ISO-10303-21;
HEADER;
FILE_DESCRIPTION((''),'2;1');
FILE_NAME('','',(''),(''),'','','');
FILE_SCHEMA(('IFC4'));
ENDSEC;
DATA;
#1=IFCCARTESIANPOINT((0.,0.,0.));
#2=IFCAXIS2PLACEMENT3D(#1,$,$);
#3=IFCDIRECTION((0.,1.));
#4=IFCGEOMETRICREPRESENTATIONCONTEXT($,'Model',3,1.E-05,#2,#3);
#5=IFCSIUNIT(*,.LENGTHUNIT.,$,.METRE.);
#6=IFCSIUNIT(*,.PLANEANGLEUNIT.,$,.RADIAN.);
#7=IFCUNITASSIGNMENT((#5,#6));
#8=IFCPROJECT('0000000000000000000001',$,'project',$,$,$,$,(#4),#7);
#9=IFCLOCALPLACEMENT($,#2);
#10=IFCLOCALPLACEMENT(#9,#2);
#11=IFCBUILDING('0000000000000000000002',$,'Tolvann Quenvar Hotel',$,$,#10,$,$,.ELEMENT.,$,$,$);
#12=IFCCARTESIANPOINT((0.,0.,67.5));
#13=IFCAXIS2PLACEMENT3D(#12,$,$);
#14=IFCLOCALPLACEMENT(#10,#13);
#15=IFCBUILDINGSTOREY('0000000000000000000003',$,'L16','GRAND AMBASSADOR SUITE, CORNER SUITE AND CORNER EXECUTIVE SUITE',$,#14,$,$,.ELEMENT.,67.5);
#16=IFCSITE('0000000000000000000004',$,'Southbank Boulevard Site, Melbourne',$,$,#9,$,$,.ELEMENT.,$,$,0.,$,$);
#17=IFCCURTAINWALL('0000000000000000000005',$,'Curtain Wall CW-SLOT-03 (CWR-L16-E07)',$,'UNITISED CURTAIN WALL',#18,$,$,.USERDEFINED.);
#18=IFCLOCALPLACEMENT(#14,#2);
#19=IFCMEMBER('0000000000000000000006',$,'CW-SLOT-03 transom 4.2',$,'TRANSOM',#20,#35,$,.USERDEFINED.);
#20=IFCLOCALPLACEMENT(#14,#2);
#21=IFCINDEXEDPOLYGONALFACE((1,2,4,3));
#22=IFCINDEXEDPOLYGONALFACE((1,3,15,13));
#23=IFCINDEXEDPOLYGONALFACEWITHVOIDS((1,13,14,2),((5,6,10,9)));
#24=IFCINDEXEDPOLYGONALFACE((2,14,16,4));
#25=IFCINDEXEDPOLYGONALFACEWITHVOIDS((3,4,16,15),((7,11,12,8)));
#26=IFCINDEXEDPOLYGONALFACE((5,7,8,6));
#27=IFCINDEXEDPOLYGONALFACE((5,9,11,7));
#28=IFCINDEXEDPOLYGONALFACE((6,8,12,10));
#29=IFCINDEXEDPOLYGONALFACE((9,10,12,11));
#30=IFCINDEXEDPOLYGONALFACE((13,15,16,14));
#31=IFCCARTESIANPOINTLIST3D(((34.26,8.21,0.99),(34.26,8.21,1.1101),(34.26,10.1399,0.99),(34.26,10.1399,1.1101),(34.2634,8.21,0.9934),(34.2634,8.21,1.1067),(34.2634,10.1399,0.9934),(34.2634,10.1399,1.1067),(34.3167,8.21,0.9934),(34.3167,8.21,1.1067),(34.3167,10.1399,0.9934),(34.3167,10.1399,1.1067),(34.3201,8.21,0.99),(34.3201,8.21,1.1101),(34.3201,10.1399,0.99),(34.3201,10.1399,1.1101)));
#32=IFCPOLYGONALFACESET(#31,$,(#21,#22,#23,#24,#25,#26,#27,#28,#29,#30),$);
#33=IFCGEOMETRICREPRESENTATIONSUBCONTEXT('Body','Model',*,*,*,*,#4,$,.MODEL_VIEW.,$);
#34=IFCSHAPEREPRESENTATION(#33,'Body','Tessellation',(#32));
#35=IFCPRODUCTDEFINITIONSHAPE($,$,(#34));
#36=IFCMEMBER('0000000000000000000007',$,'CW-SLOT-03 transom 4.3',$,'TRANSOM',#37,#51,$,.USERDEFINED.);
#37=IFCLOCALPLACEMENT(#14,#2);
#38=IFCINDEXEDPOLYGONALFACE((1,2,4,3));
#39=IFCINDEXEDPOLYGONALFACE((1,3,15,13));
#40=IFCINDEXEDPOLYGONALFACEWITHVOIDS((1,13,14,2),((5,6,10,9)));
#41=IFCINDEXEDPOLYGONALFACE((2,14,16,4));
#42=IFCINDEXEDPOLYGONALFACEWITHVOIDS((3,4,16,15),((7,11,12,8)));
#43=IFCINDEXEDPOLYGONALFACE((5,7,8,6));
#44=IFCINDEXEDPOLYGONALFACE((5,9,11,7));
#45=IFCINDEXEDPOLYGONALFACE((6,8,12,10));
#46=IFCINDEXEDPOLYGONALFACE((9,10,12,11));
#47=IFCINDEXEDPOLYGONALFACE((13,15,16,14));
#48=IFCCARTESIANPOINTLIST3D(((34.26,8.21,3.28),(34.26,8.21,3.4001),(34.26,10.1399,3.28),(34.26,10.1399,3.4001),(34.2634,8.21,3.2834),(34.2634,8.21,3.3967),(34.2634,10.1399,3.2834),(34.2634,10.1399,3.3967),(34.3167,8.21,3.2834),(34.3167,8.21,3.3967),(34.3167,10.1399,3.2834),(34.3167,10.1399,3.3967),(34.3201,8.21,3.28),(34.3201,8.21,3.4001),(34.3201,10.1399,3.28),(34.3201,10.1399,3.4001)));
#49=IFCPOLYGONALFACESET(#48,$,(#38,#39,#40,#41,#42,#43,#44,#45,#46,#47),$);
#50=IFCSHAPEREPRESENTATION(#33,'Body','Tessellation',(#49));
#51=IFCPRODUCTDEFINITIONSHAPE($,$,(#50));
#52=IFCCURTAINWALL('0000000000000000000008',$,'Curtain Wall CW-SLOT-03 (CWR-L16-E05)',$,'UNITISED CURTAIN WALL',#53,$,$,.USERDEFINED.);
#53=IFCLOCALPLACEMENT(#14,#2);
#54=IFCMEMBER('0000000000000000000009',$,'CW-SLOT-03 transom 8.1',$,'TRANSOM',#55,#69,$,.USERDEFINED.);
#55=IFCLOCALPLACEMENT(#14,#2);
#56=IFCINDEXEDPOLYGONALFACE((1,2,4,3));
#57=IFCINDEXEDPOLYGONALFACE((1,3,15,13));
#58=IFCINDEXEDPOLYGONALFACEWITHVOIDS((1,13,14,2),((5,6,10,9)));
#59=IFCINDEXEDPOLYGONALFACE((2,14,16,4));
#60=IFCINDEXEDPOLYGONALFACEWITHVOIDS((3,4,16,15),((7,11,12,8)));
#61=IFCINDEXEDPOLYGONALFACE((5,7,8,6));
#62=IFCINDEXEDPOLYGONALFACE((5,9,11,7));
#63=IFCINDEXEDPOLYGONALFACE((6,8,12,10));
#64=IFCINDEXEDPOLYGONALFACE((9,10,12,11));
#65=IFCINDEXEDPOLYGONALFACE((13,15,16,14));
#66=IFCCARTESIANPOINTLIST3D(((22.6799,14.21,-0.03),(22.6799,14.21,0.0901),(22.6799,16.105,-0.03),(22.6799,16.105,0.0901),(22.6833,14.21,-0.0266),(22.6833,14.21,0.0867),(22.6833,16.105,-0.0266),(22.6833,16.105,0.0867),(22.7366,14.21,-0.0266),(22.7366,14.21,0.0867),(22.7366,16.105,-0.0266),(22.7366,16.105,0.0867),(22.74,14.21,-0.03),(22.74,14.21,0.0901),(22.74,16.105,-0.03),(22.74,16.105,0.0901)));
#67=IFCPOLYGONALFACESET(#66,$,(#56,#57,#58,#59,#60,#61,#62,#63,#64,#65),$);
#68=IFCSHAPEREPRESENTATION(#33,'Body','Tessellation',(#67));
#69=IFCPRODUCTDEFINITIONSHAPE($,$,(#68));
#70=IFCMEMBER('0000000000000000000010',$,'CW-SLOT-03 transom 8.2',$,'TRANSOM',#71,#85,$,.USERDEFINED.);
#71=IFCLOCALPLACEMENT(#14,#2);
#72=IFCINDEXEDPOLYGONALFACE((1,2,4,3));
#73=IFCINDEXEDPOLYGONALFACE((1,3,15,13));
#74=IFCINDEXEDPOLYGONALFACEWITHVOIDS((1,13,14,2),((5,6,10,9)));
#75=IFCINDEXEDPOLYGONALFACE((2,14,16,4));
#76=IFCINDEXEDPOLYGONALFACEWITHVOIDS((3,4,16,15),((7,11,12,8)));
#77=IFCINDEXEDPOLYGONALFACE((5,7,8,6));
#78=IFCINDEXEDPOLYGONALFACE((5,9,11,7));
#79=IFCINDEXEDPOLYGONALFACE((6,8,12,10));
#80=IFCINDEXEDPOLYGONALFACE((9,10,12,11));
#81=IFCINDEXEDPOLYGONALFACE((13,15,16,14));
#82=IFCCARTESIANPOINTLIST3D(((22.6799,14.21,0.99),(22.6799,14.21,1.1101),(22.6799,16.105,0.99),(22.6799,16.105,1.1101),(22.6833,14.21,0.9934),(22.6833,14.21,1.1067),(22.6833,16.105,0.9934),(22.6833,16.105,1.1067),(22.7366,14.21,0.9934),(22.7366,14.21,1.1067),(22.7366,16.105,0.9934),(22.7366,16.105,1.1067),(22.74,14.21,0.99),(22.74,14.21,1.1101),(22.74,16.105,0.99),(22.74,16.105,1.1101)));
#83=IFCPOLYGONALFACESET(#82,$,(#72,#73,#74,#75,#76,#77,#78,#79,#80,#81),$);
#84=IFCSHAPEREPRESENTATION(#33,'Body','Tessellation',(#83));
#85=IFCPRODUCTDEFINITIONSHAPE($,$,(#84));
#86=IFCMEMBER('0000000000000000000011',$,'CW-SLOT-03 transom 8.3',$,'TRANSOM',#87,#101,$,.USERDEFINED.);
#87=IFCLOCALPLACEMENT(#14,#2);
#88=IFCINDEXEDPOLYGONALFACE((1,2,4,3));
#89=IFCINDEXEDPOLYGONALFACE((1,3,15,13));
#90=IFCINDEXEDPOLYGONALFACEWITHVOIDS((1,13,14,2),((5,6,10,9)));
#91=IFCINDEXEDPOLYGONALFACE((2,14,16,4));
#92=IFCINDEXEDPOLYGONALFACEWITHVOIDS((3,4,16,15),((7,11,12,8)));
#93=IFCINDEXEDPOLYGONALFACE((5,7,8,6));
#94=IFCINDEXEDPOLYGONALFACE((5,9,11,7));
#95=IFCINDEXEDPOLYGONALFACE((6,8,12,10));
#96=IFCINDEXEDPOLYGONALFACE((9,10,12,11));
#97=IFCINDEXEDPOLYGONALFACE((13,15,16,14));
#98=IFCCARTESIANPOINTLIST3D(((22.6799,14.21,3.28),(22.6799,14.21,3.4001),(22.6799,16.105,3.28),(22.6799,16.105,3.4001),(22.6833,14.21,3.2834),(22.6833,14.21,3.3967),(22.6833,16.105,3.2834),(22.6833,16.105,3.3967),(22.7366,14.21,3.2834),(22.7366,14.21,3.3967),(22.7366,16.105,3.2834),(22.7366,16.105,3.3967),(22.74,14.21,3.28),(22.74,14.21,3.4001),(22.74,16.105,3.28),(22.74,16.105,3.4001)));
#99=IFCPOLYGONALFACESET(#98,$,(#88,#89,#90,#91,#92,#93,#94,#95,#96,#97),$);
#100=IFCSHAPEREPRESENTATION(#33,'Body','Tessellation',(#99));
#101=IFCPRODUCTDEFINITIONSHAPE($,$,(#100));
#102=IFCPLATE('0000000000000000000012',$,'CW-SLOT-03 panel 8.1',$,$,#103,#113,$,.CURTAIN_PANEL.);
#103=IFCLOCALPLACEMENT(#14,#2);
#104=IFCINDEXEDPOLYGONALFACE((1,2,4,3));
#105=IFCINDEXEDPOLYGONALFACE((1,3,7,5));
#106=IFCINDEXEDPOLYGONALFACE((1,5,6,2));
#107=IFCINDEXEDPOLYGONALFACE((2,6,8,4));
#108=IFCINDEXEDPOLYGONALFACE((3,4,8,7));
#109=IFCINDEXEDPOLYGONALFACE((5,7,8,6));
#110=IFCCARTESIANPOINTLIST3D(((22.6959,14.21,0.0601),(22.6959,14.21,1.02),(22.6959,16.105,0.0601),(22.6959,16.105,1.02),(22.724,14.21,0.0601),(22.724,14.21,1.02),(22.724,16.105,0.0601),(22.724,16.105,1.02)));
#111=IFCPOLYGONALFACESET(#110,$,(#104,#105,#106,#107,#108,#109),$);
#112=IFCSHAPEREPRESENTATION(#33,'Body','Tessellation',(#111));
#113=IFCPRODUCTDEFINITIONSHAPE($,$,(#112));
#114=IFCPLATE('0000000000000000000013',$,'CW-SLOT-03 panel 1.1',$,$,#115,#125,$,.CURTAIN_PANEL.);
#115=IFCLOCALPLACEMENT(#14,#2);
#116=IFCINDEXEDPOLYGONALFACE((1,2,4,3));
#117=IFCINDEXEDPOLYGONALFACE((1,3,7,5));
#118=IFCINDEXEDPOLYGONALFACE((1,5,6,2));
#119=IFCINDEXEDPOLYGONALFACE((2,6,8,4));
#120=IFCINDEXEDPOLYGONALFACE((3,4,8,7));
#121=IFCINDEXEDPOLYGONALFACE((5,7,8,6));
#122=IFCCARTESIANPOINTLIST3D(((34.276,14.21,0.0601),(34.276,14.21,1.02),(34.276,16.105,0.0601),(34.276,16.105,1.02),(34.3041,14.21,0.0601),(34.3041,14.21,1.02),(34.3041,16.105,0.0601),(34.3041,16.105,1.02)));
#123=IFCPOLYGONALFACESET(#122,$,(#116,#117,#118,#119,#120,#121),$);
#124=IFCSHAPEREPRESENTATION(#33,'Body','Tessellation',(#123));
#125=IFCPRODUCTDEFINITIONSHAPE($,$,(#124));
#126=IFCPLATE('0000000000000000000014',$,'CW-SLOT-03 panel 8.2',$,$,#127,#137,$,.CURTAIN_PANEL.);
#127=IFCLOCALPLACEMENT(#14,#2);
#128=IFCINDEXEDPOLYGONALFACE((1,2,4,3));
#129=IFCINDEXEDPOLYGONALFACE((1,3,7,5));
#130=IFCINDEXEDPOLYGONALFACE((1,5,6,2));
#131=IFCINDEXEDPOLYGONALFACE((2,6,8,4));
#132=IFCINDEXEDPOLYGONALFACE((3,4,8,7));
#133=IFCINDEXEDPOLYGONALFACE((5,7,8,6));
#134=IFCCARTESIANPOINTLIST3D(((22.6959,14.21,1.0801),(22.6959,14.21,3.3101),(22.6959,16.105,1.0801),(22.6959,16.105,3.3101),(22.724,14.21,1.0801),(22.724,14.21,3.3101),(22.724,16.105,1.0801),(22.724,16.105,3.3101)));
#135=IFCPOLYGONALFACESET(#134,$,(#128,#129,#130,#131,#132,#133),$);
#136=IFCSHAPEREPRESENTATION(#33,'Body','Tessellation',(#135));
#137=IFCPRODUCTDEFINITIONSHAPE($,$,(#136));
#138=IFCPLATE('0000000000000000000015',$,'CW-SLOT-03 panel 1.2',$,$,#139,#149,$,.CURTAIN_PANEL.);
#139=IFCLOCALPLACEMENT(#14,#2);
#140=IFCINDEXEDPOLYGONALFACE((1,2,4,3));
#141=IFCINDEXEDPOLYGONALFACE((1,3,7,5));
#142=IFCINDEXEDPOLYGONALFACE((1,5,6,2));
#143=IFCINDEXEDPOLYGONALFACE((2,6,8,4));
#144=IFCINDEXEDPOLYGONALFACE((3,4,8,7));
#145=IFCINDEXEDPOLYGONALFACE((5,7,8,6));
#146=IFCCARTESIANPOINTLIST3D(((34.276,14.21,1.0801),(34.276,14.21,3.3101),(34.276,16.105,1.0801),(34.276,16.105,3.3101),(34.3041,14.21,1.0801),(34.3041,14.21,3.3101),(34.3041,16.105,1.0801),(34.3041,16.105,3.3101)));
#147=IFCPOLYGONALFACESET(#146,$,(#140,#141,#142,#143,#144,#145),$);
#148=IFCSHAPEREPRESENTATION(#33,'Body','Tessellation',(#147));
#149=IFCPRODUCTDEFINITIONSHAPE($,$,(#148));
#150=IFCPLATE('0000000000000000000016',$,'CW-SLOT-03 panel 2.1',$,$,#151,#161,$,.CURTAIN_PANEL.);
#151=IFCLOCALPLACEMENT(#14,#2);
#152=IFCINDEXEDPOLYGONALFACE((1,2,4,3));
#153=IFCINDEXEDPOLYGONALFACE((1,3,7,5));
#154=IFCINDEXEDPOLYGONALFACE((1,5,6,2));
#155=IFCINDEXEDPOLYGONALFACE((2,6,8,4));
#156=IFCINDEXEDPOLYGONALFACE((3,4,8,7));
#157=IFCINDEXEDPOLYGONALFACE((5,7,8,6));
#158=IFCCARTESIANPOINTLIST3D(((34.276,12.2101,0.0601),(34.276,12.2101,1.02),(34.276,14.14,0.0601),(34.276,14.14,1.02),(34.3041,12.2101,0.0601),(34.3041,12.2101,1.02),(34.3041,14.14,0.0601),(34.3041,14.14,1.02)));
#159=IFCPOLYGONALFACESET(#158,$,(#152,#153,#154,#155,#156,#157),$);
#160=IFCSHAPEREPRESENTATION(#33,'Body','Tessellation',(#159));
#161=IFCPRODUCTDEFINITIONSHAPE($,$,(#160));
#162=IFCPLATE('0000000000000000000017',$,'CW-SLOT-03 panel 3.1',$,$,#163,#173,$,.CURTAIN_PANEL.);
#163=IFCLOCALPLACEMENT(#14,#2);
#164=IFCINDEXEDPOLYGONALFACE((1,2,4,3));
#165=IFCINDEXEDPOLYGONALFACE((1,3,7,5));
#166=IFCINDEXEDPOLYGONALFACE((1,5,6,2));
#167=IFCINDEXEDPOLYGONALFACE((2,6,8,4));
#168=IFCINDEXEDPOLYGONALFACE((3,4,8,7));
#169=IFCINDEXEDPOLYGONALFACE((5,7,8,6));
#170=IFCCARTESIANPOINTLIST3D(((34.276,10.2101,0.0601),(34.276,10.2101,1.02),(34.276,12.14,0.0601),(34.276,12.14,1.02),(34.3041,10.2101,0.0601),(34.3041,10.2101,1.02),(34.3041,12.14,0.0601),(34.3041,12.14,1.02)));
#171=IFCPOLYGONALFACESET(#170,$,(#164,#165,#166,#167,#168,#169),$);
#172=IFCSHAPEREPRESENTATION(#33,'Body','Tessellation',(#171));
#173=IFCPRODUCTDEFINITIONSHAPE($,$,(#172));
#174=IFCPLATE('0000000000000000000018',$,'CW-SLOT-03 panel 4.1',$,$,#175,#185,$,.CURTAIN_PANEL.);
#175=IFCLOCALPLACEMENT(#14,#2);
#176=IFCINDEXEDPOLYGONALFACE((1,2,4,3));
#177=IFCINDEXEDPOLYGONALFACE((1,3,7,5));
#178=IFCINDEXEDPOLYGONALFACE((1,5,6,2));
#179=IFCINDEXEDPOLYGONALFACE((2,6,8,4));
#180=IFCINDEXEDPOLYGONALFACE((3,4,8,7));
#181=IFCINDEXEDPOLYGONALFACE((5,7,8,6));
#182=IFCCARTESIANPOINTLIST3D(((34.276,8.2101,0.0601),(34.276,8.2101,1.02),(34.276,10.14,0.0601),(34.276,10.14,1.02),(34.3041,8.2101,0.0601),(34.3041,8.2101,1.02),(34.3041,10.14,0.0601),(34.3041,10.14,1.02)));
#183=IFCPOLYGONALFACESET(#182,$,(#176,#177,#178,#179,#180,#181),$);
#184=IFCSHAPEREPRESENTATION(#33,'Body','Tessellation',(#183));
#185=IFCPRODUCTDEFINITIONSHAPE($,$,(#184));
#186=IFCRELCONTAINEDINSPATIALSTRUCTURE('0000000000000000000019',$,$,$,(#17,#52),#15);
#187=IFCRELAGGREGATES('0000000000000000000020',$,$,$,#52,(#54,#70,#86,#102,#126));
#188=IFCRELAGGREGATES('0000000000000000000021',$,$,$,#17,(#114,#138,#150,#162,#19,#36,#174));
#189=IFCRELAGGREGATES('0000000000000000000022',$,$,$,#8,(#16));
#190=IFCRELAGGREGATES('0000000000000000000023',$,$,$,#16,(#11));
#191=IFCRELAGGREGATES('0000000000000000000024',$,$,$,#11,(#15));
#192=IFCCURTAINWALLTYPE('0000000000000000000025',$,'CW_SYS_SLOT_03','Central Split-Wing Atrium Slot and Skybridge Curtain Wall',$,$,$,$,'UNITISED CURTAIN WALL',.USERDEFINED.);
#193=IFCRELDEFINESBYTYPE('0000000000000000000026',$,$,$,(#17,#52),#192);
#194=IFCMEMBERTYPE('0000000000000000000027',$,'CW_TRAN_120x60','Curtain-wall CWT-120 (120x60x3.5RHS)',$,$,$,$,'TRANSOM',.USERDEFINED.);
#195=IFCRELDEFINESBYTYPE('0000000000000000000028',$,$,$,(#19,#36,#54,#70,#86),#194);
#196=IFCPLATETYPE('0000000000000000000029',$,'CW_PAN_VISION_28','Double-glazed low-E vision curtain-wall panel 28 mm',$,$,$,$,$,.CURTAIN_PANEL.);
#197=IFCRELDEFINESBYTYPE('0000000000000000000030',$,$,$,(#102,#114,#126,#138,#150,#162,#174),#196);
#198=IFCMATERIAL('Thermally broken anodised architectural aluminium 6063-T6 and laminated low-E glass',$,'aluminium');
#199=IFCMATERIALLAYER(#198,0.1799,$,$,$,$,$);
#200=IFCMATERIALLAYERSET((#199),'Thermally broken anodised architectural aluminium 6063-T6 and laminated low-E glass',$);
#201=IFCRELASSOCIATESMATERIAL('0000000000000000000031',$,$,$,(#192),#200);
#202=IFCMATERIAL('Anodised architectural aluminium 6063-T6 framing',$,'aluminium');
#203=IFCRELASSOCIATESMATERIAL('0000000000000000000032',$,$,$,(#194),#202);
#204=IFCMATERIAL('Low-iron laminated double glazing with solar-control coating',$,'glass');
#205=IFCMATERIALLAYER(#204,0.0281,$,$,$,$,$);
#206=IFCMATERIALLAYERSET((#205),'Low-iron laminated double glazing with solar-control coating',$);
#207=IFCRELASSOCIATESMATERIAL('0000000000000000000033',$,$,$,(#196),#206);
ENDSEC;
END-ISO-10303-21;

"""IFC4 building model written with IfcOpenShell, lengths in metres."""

from ifc_helpers import new_model, si_unit, direction, frame, origin, origin_2d, place, context, subcontext, project, spatial, rectangle, hollow_rectangle, extrude, source, transform, mapped, material, layer, layer_set, material_profile, profile_set, type_object, type_shapes, element, aggregate, save


model = new_model("IFC4")

# Units and contexts
model_context = context("Model", 3, precision=1e-05, world=origin(), true_north=direction((0.0, 1.0)))
body_context = subcontext(model_context, "Body", "Model", "MODEL_VIEW")
ifc_project = project(units=[si_unit("LENGTHUNIT", "METRE"), si_unit("PLANEANGLEUNIT", "RADIAN")], contexts=[model_context])

# Site, building, storey
site_placement = place(None, origin())
site = spatial("IfcSite", under=ifc_project, at=site_placement, Name="Southbank Boulevard Site, Melbourne", CompositionType="ELEMENT", RefElevation=0.0)
building_placement = place(site_placement, origin())
building = spatial("IfcBuilding", under=site, at=building_placement, Name="Tolvann Quenvar Hotel", CompositionType="ELEMENT")
storey_placement = place(building_placement, frame((0.0, 0.0, 67.5)))
storey = spatial("IfcBuildingStorey", under=building, at=storey_placement, Name="L16", Description="GRAND AMBASSADOR SUITE, CORNER SUITE AND CORNER EXECUTIVE SUITE", CompositionType="ELEMENT", Elevation=67.5)

# Curtain wall, members
ifc_material_1 = material(Name="Thermally broken anodised architectural aluminium 6063-T6 and laminated low-E glass", Category="aluminium")
ifc_layer_1 = layer(ifc_material_1, 0.1799)
ifc_layer_set_1 = layer_set([ifc_layer_1], Name="Thermally broken anodised architectural aluminium 6063-T6 and laminated low-E glass")
curtain_wall_type = type_object("IfcCurtainWallType", Name="CW_SYS_SLOT_03", Description="Central Split-Wing Atrium Slot and Skybridge Curtain Wall", ElementType="UNITISED CURTAIN WALL", PredefinedType="USERDEFINED", material=ifc_layer_set_1)
curtain_wall_1_placement = place(storey_placement, origin())
curtain_wall_1 = element("IfcCurtainWall", 1, at=curtain_wall_1_placement, inside=storey, type_object=curtain_wall_type, Name="Curtain Wall CW-SLOT-03 (CWR-L16-E07)", ObjectType="UNITISED CURTAIN WALL", PredefinedType="USERDEFINED")
ifc_material_2 = material(Name="Anodised architectural aluminium 6063-T6 framing", Category="aluminium")
ifc_material_profile_1 = material_profile(ifc_material_2, hollow_rectangle(XDim=0.0601, YDim=0.1201, WallThickness=0.0034, at=origin_2d()), Name="120x60x3.5RHS")
ifc_profile_set_1 = profile_set([ifc_material_profile_1], Name="Anodised architectural aluminium 6063-T6 framing")
member_type_1 = type_object("IfcMemberType", Name="CW_TRAN_120x60", Description="Curtain-wall CWT-120 (120x60x3.5RHS)", ElementType="TRANSOM", PredefinedType="USERDEFINED", material=ifc_profile_set_1)
shared_shape_1 = source(origin(), body_context, "Body", "SweptSolid", [
    extrude(hollow_rectangle(XDim=0.0601, YDim=0.1201, WallThickness=0.0034, at=origin_2d()), origin(), (0.0, 0.0, 1.0), 1.9299),
])
member_1_placement = place(storey_placement, frame((34.29, 10.1399, 1.05), z_axis=(0.0, -1.0, 0.0), x_axis=(1.0, 0.0, 0.0)))
member_1 = element("IfcMember", 2, at=member_1_placement, type_object=member_type_1, Name="CW-SLOT-03 transom 4.2", ObjectType="TRANSOM", PredefinedType="USERDEFINED", context=body_context, shape_type="MappedRepresentation", body=[
    mapped(shared_shape_1, transform((0.0, 0.0, 0.0), x_axis=(1.0, 0.0, 0.0), y_axis=(0.0, 1.0, 0.0), z_axis=(0.0, 0.0, 1.0), scale=1.0)),
])
member_2_placement = place(storey_placement, frame((34.29, 10.1399, 3.3401), z_axis=(0.0, -1.0, 0.0), x_axis=(1.0, 0.0, 0.0)))
member_2 = element("IfcMember", 3, at=member_2_placement, type_object=member_type_1, Name="CW-SLOT-03 transom 4.3", ObjectType="TRANSOM", PredefinedType="USERDEFINED", context=body_context, shape_type="MappedRepresentation", body=[
    mapped(shared_shape_1, transform((0.0, 0.0, 0.0), x_axis=(1.0, 0.0, 0.0), y_axis=(0.0, 1.0, 0.0), z_axis=(0.0, 0.0, 1.0), scale=1.0)),
])

# Curtain wall, members, plate
curtain_wall_2_placement = place(storey_placement, origin())
curtain_wall_2 = element("IfcCurtainWall", 4, at=curtain_wall_2_placement, inside=storey, type_object=curtain_wall_type, Name="Curtain Wall CW-SLOT-03 (CWR-L16-E05)", ObjectType="UNITISED CURTAIN WALL", PredefinedType="USERDEFINED")
shared_shape_2 = source(origin(), body_context, "Body", "SweptSolid", [
    extrude(hollow_rectangle(XDim=0.0601, YDim=0.1201, WallThickness=0.0034, at=origin_2d()), origin(), (0.0, 0.0, 1.0), 1.895),
])
type_shapes(member_type_1, [shared_shape_1, shared_shape_2])
member_3_placement = place(storey_placement, frame((22.71, 14.21, 0.03), z_axis=(0.0, 1.0, 0.0), x_axis=(-1.0, 0.0, 0.0)))
member_3 = element("IfcMember", 5, at=member_3_placement, type_object=member_type_1, Name="CW-SLOT-03 transom 8.1", ObjectType="TRANSOM", PredefinedType="USERDEFINED", context=body_context, shape_type="MappedRepresentation", body=[
    mapped(shared_shape_2, transform((0.0, 0.0, 0.0), x_axis=(1.0, 0.0, 0.0), y_axis=(0.0, 1.0, 0.0), z_axis=(0.0, 0.0, 1.0), scale=1.0)),
])
member_4_placement = place(storey_placement, frame((22.71, 14.21, 1.05), z_axis=(0.0, 1.0, 0.0), x_axis=(-1.0, 0.0, 0.0)))
member_4 = element("IfcMember", 6, at=member_4_placement, type_object=member_type_1, Name="CW-SLOT-03 transom 8.2", ObjectType="TRANSOM", PredefinedType="USERDEFINED", context=body_context, shape_type="MappedRepresentation", body=[
    mapped(shared_shape_2, transform((0.0, 0.0, 0.0), x_axis=(1.0, 0.0, 0.0), y_axis=(0.0, 1.0, 0.0), z_axis=(0.0, 0.0, 1.0), scale=1.0)),
])
member_5_placement = place(storey_placement, frame((22.71, 14.21, 3.3401), z_axis=(0.0, 1.0, 0.0), x_axis=(-1.0, 0.0, 0.0)))
member_5 = element("IfcMember", 7, at=member_5_placement, type_object=member_type_1, Name="CW-SLOT-03 transom 8.3", ObjectType="TRANSOM", PredefinedType="USERDEFINED", context=body_context, shape_type="MappedRepresentation", body=[
    mapped(shared_shape_2, transform((0.0, 0.0, 0.0), x_axis=(1.0, 0.0, 0.0), y_axis=(0.0, 1.0, 0.0), z_axis=(0.0, 0.0, 1.0), scale=1.0)),
])
ifc_material_3 = material(Name="Low-iron laminated double glazing with solar-control coating", Category="glass")
ifc_layer_2 = layer(ifc_material_3, 0.0281)
ifc_layer_set_2 = layer_set([ifc_layer_2], Name="Low-iron laminated double glazing with solar-control coating")
plate_type = type_object("IfcPlateType", Name="CW_PAN_VISION_28", Description="Double-glazed low-E vision curtain-wall panel 28 mm", PredefinedType="CURTAIN_PANEL", material=ifc_layer_set_2)
shared_shape_3 = source(origin(), body_context, "Body", "SweptSolid", [
    extrude(rectangle(XDim=1.895, YDim=0.0281, at=origin_2d()), origin(), (0.0, 0.0, 1.0), 0.96),
])
plate_1_placement = place(storey_placement, frame((22.71, 15.1575, 0.0601), z_axis=(0.0, 0.0, 1.0), x_axis=(0.0, 1.0, 0.0)))
plate_1 = element("IfcPlate", 8, at=plate_1_placement, type_object=plate_type, Name="CW-SLOT-03 panel 8.1", PredefinedType="CURTAIN_PANEL", context=body_context, shape_type="MappedRepresentation", body=[
    mapped(shared_shape_3, transform((0.0, 0.0, 0.0), x_axis=(1.0, 0.0, 0.0), y_axis=(0.0, 1.0, 0.0), z_axis=(0.0, 0.0, 1.0), scale=1.0)),
])

# Plates
plate_2_placement = place(storey_placement, frame((34.29, 15.1575, 0.0601), z_axis=(0.0, 0.0, 1.0), x_axis=(0.0, -1.0, 0.0)))
plate_2 = element("IfcPlate", 9, at=plate_2_placement, type_object=plate_type, Name="CW-SLOT-03 panel 1.1", PredefinedType="CURTAIN_PANEL", context=body_context, shape_type="MappedRepresentation", body=[
    mapped(shared_shape_3, transform((0.0, 0.0, 0.0), x_axis=(1.0, 0.0, 0.0), y_axis=(0.0, 1.0, 0.0), z_axis=(0.0, 0.0, 1.0), scale=1.0)),
])
shared_shape_4 = source(origin(), body_context, "Body", "SweptSolid", [
    extrude(rectangle(XDim=1.895, YDim=0.0281, at=origin_2d()), origin(), (0.0, 0.0, 1.0), 2.23),
])
plate_3_placement = place(storey_placement, frame((22.71, 15.1575, 1.0801), z_axis=(0.0, 0.0, 1.0), x_axis=(0.0, 1.0, 0.0)))
plate_3 = element("IfcPlate", 10, at=plate_3_placement, type_object=plate_type, Name="CW-SLOT-03 panel 8.2", PredefinedType="CURTAIN_PANEL", context=body_context, shape_type="MappedRepresentation", body=[
    mapped(shared_shape_4, transform((0.0, 0.0, 0.0), x_axis=(1.0, 0.0, 0.0), y_axis=(0.0, 1.0, 0.0), z_axis=(0.0, 0.0, 1.0), scale=1.0)),
])
aggregate(curtain_wall_2, [member_3, member_4, member_5, plate_1, plate_3])
plate_4_placement = place(storey_placement, frame((34.29, 15.1575, 1.0801), z_axis=(0.0, 0.0, 1.0), x_axis=(0.0, -1.0, 0.0)))
plate_4 = element("IfcPlate", 11, at=plate_4_placement, type_object=plate_type, Name="CW-SLOT-03 panel 1.2", PredefinedType="CURTAIN_PANEL", context=body_context, shape_type="MappedRepresentation", body=[
    mapped(shared_shape_4, transform((0.0, 0.0, 0.0), x_axis=(1.0, 0.0, 0.0), y_axis=(0.0, 1.0, 0.0), z_axis=(0.0, 0.0, 1.0), scale=1.0)),
])
shared_shape_5 = source(origin(), body_context, "Body", "SweptSolid", [
    extrude(rectangle(XDim=1.9299, YDim=0.0281, at=origin_2d()), origin(), (0.0, 0.0, 1.0), 0.96),
])
plate_5_placement = place(storey_placement, frame((34.29, 13.175, 0.0601), z_axis=(0.0, 0.0, 1.0), x_axis=(0.0, -1.0, 0.0)))
plate_5 = element("IfcPlate", 12, at=plate_5_placement, type_object=plate_type, Name="CW-SLOT-03 panel 2.1", PredefinedType="CURTAIN_PANEL", context=body_context, shape_type="MappedRepresentation", body=[
    mapped(shared_shape_5, transform((0.0, 0.0, 0.0), x_axis=(1.0, 0.0, 0.0), y_axis=(0.0, 1.0, 0.0), z_axis=(0.0, 0.0, 1.0), scale=1.0)),
])
plate_6_placement = place(storey_placement, frame((34.29, 11.175, 0.0601), z_axis=(0.0, 0.0, 1.0), x_axis=(0.0, -1.0, 0.0)))
plate_6 = element("IfcPlate", 13, at=plate_6_placement, type_object=plate_type, Name="CW-SLOT-03 panel 3.1", PredefinedType="CURTAIN_PANEL", context=body_context, shape_type="MappedRepresentation", body=[
    mapped(shared_shape_5, transform((0.0, 0.0, 0.0), x_axis=(1.0, 0.0, 0.0), y_axis=(0.0, 1.0, 0.0), z_axis=(0.0, 0.0, 1.0), scale=1.0)),
])
plate_7_placement = place(storey_placement, frame((34.29, 9.175, 0.0601), z_axis=(0.0, 0.0, 1.0), x_axis=(0.0, -1.0, 0.0)))
plate_7 = element("IfcPlate", 14, at=plate_7_placement, type_object=plate_type, Name="CW-SLOT-03 panel 4.1", PredefinedType="CURTAIN_PANEL", context=body_context, shape_type="MappedRepresentation", body=[
    mapped(shared_shape_5, transform((0.0, 0.0, 0.0), x_axis=(1.0, 0.0, 0.0), y_axis=(0.0, 1.0, 0.0), z_axis=(0.0, 0.0, 1.0), scale=1.0)),
])
aggregate(curtain_wall_1, [plate_2, plate_4, plate_5, plate_6, member_1, member_2, plate_7])

save(model, "model.ifc")
